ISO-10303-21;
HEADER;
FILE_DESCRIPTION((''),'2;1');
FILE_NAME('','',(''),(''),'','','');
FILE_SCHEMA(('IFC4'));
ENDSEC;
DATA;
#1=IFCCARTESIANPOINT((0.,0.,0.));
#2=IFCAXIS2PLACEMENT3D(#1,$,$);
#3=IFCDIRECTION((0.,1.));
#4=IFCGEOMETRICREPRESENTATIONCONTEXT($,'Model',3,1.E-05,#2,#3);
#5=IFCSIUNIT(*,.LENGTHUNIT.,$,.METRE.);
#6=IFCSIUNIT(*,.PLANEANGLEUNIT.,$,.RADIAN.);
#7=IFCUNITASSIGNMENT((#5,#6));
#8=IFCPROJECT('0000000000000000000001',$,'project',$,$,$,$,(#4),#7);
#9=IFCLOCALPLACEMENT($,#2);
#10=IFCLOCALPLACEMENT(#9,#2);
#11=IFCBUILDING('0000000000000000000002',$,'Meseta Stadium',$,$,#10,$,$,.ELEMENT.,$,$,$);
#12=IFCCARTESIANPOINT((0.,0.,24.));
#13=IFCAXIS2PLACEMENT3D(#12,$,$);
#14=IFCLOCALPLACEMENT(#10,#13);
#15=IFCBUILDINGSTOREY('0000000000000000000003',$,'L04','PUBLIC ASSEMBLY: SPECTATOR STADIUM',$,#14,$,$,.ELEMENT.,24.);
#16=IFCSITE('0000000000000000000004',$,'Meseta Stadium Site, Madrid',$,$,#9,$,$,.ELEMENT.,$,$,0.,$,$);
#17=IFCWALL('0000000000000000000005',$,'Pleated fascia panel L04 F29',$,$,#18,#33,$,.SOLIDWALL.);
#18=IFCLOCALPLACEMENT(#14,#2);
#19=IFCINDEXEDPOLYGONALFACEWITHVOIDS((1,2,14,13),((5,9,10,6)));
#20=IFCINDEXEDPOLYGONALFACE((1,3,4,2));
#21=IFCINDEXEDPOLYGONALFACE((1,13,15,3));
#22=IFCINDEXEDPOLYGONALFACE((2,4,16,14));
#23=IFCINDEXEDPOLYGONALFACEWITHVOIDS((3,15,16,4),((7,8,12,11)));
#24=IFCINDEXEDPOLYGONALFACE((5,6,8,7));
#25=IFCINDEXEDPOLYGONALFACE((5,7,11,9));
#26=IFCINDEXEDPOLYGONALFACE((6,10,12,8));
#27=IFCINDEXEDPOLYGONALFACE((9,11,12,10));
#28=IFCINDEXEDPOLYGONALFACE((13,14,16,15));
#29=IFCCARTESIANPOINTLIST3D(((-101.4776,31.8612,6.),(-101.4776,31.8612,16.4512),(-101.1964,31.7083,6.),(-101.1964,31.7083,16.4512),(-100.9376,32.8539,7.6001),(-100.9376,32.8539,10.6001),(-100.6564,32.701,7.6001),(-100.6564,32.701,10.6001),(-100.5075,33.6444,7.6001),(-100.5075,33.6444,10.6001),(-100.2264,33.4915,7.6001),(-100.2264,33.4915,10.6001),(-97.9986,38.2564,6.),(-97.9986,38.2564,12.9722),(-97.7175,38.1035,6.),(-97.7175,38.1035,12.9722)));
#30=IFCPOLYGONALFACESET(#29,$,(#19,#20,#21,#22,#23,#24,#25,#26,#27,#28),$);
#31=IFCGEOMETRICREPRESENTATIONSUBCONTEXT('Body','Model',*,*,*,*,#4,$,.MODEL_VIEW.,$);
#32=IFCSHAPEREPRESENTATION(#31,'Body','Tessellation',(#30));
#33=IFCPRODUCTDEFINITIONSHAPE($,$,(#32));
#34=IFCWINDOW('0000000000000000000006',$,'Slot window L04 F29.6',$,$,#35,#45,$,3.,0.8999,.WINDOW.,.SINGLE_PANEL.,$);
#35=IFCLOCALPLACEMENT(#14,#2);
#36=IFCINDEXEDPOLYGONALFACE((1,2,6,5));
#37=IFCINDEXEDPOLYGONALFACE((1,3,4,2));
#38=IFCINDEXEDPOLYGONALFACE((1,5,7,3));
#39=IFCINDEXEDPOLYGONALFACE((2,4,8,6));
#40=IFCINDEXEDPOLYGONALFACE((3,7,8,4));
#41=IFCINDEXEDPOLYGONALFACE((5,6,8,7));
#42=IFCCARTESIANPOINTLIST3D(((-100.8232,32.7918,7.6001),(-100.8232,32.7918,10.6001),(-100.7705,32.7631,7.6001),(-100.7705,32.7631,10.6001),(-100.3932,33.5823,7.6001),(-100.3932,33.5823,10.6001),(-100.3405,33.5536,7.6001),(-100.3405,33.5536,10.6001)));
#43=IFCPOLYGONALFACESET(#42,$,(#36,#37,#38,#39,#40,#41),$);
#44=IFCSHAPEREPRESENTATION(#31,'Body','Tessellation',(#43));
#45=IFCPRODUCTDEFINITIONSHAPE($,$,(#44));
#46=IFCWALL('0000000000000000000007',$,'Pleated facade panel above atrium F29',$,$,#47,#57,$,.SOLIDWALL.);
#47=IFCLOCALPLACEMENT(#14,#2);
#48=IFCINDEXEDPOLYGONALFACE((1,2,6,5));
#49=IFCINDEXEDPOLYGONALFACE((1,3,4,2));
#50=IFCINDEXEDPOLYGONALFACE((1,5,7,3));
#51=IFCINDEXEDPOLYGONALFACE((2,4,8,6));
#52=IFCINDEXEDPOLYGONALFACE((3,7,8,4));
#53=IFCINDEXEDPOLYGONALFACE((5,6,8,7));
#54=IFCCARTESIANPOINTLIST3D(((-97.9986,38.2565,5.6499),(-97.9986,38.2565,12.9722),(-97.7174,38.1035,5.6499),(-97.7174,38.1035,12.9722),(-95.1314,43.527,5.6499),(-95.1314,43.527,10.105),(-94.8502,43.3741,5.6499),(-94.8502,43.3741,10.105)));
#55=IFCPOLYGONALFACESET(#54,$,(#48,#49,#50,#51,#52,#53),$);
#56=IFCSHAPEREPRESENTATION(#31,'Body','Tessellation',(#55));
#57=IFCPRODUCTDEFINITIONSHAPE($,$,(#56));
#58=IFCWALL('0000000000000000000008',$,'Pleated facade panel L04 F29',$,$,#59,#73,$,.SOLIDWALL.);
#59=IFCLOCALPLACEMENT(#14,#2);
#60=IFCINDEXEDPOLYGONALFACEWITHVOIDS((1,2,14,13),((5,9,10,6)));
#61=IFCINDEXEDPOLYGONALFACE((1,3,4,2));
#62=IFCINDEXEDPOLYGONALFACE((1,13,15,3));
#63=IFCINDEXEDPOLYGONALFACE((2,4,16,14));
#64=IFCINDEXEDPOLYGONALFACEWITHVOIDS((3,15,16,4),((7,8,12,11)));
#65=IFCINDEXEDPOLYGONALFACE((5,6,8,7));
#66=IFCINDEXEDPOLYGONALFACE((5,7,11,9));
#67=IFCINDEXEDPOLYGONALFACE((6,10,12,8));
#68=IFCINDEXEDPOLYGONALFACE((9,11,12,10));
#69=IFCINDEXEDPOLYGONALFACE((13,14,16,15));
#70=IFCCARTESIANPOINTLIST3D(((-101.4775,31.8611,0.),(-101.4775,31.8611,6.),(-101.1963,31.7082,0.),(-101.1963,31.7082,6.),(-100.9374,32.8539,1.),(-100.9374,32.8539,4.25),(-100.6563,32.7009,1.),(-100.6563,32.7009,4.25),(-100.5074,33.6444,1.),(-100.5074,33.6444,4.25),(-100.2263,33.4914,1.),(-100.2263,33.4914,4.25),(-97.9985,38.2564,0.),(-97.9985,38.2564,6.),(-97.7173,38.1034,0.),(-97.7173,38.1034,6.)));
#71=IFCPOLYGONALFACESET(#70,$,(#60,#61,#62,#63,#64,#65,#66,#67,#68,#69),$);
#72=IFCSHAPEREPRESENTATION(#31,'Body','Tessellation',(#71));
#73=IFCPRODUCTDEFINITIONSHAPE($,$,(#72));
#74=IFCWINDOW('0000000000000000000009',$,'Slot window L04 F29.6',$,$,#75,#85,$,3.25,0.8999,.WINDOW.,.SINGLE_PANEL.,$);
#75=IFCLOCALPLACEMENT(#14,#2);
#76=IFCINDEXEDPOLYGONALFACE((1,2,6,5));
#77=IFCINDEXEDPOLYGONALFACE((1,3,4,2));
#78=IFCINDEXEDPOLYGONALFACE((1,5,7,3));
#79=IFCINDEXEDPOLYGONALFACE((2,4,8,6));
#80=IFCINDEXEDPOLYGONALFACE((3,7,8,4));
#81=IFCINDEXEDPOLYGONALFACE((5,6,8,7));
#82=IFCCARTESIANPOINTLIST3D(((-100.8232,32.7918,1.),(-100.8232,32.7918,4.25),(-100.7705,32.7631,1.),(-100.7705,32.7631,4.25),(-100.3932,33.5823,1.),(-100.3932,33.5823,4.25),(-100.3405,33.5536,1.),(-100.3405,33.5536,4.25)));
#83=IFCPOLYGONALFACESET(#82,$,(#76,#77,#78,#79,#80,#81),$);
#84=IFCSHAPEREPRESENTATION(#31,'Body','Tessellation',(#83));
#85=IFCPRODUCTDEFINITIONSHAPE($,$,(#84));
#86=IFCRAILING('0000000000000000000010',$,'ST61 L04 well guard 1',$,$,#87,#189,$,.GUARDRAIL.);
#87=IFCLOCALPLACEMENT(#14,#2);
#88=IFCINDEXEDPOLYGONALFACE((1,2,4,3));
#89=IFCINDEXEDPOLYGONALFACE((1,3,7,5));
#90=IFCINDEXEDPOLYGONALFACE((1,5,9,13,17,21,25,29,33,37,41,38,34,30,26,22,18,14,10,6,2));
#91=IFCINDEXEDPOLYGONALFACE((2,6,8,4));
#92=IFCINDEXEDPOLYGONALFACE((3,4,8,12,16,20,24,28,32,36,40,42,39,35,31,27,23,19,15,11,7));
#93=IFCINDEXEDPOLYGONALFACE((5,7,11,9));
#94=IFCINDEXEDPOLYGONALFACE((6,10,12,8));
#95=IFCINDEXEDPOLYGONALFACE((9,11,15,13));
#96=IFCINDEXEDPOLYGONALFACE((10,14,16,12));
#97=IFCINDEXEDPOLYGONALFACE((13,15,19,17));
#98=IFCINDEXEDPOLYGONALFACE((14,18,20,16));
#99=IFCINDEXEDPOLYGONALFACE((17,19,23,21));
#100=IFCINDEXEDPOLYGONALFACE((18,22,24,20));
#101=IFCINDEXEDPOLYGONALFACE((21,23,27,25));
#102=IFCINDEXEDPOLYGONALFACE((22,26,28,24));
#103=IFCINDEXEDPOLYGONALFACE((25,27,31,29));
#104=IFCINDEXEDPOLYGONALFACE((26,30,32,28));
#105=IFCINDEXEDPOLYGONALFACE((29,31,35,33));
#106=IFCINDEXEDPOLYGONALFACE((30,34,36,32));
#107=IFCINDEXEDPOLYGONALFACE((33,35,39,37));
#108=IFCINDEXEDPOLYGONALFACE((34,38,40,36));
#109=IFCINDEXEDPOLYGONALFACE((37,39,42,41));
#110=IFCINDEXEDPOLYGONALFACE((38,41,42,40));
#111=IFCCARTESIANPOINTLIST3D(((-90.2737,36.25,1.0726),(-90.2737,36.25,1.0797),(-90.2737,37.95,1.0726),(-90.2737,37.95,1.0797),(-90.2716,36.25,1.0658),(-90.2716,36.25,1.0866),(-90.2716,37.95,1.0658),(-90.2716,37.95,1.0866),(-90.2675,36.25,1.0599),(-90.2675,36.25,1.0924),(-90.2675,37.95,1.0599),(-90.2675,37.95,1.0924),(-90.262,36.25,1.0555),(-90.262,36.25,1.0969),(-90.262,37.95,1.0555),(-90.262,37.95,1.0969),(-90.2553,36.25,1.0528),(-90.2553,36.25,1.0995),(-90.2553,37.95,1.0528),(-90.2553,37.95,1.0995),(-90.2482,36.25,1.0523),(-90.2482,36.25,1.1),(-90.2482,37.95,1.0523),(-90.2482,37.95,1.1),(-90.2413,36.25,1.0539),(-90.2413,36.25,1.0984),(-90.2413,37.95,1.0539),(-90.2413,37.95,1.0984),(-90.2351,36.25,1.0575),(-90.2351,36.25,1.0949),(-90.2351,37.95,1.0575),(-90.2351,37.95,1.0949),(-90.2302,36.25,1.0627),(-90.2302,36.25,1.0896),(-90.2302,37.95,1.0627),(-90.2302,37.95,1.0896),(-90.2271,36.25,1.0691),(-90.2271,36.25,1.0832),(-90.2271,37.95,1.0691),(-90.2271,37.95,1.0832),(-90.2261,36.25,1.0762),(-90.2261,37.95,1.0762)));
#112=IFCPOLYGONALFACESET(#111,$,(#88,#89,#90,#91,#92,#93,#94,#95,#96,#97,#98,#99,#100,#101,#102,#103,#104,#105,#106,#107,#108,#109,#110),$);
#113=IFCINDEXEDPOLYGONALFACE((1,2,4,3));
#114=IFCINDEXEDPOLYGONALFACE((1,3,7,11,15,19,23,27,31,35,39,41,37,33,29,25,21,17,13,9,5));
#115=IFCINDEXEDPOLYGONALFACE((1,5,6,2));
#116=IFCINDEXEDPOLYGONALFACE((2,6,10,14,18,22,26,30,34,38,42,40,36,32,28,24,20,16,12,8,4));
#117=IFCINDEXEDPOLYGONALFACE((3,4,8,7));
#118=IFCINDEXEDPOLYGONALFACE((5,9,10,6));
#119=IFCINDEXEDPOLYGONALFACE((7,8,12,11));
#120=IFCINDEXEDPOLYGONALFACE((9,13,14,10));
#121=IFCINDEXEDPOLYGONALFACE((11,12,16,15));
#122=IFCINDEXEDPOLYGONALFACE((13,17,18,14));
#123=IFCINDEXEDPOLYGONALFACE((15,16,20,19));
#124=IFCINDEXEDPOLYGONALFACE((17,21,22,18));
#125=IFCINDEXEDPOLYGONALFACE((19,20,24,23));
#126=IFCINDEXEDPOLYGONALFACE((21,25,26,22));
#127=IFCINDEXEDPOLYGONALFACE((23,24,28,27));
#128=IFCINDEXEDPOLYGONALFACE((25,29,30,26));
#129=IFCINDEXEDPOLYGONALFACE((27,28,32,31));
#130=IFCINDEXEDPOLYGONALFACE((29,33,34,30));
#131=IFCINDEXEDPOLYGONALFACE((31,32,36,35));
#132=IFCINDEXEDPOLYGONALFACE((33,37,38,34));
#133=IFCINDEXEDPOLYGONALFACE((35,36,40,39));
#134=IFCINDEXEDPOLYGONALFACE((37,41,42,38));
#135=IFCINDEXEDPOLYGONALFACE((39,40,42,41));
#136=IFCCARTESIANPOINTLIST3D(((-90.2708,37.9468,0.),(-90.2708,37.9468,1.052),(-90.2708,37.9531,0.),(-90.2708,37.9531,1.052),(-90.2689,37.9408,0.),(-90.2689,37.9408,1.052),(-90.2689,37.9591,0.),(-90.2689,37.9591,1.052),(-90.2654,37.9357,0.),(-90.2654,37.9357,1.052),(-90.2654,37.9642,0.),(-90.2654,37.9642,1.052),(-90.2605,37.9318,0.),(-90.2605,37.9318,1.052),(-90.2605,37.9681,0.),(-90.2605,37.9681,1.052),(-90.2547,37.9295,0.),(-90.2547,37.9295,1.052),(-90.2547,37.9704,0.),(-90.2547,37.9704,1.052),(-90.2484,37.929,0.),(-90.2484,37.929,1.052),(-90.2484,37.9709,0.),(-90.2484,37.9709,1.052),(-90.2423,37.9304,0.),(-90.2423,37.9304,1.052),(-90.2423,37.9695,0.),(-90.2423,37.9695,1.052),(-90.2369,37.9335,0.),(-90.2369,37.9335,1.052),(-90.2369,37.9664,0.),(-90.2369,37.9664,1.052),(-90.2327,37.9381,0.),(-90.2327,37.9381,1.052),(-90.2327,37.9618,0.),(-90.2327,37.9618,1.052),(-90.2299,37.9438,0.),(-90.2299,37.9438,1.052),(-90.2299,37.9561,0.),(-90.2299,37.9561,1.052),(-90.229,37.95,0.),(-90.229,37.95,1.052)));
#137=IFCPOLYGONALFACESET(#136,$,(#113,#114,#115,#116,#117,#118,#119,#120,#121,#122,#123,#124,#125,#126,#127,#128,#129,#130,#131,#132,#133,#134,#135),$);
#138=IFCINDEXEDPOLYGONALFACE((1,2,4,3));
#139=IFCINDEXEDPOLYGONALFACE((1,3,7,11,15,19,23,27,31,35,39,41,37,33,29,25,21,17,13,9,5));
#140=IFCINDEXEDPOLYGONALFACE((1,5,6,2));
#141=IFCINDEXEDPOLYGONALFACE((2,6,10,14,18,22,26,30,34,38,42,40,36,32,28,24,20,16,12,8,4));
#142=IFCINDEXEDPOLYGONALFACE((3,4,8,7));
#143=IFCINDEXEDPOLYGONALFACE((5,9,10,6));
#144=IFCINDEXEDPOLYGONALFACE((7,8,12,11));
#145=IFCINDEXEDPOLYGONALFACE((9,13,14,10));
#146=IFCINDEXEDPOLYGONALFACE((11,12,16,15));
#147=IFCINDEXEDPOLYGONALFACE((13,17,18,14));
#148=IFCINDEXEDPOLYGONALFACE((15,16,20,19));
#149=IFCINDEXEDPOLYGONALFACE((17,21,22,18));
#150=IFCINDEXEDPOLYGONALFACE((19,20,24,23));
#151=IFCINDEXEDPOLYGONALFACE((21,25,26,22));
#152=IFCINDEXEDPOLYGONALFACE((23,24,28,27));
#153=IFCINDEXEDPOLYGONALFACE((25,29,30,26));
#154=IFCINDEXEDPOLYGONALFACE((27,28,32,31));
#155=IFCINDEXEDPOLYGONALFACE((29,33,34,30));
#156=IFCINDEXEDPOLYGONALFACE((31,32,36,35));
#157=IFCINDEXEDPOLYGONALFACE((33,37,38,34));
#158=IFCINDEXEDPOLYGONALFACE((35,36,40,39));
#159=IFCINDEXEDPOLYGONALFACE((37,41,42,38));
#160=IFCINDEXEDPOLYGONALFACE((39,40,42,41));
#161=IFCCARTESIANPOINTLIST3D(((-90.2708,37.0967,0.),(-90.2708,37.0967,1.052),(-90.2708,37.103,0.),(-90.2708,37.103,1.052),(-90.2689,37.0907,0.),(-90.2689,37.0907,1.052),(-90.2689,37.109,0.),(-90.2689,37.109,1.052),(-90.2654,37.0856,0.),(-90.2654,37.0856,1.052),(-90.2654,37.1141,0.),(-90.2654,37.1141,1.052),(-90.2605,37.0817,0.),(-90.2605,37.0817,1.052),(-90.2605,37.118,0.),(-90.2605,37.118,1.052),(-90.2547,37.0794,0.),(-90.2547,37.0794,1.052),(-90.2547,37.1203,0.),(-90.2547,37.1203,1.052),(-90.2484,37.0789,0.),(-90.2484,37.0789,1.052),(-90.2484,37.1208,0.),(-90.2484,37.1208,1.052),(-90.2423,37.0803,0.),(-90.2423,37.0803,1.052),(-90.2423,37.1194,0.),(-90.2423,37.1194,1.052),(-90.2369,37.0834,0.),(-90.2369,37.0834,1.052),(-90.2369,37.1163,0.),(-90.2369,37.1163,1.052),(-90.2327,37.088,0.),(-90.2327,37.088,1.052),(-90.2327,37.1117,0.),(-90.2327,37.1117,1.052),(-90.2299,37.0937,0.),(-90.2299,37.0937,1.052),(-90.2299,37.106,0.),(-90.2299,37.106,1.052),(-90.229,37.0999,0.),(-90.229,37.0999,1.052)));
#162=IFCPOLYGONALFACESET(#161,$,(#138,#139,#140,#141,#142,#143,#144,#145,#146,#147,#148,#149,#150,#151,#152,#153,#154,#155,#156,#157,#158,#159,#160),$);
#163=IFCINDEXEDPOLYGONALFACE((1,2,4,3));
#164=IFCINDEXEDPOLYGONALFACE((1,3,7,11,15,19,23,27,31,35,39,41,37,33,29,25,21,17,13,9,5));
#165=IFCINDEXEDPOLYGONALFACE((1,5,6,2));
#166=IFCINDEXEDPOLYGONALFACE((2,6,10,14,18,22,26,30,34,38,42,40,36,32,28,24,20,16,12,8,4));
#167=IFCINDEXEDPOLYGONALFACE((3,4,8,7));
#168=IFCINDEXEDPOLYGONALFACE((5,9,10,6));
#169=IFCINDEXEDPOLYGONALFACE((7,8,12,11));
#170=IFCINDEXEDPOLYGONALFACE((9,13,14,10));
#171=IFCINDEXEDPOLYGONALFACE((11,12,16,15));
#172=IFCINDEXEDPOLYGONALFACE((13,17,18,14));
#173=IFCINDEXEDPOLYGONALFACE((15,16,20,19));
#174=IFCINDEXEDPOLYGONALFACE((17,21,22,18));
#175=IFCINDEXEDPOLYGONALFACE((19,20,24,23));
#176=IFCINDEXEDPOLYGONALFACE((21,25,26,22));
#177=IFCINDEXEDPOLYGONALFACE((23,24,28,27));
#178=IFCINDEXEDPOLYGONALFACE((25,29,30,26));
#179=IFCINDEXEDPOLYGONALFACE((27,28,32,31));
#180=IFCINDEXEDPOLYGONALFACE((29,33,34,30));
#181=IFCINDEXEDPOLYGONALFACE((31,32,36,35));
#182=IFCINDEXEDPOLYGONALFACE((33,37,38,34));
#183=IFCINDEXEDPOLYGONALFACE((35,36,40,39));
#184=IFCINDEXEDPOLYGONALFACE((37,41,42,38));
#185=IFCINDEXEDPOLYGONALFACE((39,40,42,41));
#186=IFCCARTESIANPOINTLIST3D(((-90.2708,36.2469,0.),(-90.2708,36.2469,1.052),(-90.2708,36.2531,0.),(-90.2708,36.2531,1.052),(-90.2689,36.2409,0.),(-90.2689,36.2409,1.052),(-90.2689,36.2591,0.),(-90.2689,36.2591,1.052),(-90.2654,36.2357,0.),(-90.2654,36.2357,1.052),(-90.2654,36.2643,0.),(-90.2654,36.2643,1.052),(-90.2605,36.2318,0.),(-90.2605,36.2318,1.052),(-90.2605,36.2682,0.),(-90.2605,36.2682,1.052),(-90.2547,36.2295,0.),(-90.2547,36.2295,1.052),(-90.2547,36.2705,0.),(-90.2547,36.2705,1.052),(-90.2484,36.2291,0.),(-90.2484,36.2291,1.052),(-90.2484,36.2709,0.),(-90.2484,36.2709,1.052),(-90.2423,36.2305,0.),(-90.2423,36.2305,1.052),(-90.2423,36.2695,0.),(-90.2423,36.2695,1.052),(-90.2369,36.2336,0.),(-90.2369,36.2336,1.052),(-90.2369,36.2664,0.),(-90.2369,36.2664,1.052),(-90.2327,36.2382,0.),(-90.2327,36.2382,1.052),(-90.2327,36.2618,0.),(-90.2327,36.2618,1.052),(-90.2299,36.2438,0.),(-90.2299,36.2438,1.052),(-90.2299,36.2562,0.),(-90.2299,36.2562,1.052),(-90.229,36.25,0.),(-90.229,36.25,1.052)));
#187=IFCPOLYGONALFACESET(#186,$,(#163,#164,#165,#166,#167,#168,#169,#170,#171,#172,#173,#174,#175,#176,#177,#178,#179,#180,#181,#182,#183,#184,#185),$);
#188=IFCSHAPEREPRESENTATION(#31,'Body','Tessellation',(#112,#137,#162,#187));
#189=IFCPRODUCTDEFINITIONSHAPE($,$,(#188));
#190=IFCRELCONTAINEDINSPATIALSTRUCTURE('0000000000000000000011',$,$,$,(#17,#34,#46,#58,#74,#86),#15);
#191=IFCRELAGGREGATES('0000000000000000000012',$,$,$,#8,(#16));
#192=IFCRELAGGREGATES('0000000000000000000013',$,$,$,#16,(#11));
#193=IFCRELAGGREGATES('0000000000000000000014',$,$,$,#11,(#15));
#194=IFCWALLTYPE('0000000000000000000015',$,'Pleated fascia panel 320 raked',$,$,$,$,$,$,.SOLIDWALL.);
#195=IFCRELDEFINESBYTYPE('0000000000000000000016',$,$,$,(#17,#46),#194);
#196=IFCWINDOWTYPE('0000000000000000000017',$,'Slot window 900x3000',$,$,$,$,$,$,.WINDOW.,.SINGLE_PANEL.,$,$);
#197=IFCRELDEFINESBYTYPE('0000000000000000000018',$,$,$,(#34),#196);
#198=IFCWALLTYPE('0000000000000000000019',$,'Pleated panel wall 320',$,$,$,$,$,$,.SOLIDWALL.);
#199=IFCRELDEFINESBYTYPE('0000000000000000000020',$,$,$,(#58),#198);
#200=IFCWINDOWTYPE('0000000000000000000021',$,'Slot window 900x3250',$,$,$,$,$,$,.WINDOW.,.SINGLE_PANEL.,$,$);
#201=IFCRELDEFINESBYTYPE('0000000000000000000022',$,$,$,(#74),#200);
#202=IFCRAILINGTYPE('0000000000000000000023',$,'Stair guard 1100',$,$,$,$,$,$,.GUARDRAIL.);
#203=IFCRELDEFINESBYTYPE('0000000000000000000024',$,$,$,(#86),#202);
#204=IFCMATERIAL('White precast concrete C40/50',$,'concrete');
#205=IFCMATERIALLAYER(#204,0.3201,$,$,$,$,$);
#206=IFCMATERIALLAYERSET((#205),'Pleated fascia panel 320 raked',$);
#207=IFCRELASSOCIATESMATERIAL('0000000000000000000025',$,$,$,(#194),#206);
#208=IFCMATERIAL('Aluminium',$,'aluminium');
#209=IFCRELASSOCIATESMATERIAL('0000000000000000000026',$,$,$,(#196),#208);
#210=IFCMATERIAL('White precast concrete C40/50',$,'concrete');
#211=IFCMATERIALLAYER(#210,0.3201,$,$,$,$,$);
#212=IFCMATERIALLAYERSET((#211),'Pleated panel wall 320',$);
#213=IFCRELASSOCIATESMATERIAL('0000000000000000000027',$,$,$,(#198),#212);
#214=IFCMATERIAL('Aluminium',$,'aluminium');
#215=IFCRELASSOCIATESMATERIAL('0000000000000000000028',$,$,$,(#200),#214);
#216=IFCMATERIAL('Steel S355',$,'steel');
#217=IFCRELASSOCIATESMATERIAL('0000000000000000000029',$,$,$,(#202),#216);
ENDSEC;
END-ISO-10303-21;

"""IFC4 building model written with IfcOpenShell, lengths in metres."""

from ifc_helpers import new_model, si_unit, direction, frame, frame_2d, origin, origin_2d, place, context, subcontext, project, spatial, polyline, rectangle, circle, outline, extrude, material, layer, layer_set, type_object, element, fill, save


model = new_model("IFC4")

# Units and contexts
model_context = context("Model", 3, precision=1e-05, world=origin(), true_north=direction((0.0, 1.0)))
body_context = subcontext(model_context, "Body", "Model", "MODEL_VIEW")
ifc_project = project(units=[si_unit("LENGTHUNIT", "METRE"), si_unit("PLANEANGLEUNIT", "RADIAN")], contexts=[model_context])

# Site, building, storey
site_placement = place(None, origin())
site = spatial("IfcSite", under=ifc_project, at=site_placement, Name="Meseta Stadium Site, Madrid", CompositionType="ELEMENT", RefElevation=0.0)
building_placement = place(site_placement, origin())
building = spatial("IfcBuilding", under=site, at=building_placement, Name="Meseta Stadium", CompositionType="ELEMENT")
storey_placement = place(building_placement, frame((0.0, 0.0, 24.0)))
storey = spatial("IfcBuildingStorey", under=building, at=storey_placement, Name="L04", Description="PUBLIC ASSEMBLY: SPECTATOR STADIUM", CompositionType="ELEMENT", Elevation=24.0)

# Wall, opening, window
ifc_material_1 = material(Name="White precast concrete C40/50", Category="concrete")
ifc_layer_1 = layer(ifc_material_1, 0.3201)
ifc_layer_set_1 = layer_set([ifc_layer_1], Name="Pleated fascia panel 320 raked")
wall_type_1 = type_object("IfcWallType", Name="Pleated fascia panel 320 raked", PredefinedType="SOLIDWALL", material=ifc_layer_set_1)
wall_1_placement = place(storey_placement, frame((-101.3369, 31.7847, 6.0), z_axis=(0.0, 0.0, 1.0), x_axis=(0.477865, 0.878433, 0.0)))
wall_1 = element("IfcWall", 1, at=wall_1_placement, inside=storey, type_object=wall_type_1, Name="Pleated fascia panel L04 F29", PredefinedType="SOLIDWALL", context=body_context, shape_type="SweptSolid", body=[
    extrude(outline(polyline([(0.0, 0.0), (7.2803, 0.0), (7.2803, 6.9722), (0.0, 10.4512), (0.0, 0.0)])), frame((0.0, 0.1602, 0.0), z_axis=(0.0, -1.0, 0.0), x_axis=(1.0, 0.0, 0.0)), (0.0, 0.0, 1.0), 0.3201),
])
opening_1_placement = place(wall_1_placement, frame((1.1301, 0.0, 1.6001)))
opening_1 = element("IfcOpeningElement", 2, at=opening_1_placement, cuts=wall_1, PredefinedType="OPENING", context=body_context, shape_type="SweptSolid", body=[
    extrude(rectangle(XDim=0.8999, YDim=3.0, at=frame_2d((0.45, 1.5))), frame((0.0, 0.1699, 0.0), z_axis=(0.0, -1.0, 0.0), x_axis=(1.0, 0.0, 0.0)), (0.0, 0.0, 1.0), 0.3401),
])
ifc_material_2 = material(Name="Aluminium", Category="aluminium")
window_type_1 = type_object("IfcWindowType", Name="Slot window 900x3000", PartitioningType="SINGLE_PANEL", PredefinedType="WINDOW", material=ifc_material_2)
window_1_placement = place(opening_1_placement, origin())
window_1 = element("IfcWindow", 3, at=window_1_placement, inside=storey, type_object=window_type_1, Name="Slot window L04 F29.6", OverallHeight=3.0, OverallWidth=0.8999, PartitioningType="SINGLE_PANEL", PredefinedType="WINDOW", context=body_context, shape_type="SweptSolid", body=[
    extrude(rectangle(XDim=0.8999, YDim=3.0, at=frame_2d((0.45, 1.5))), frame((0.0, 0.03, 0.0), z_axis=(0.0, -1.0, 0.0), x_axis=(1.0, 0.0, 0.0)), (0.0, 0.0, 1.0), 0.0601),
])
fill(opening_1, window_1)

# Wall
wall_2_placement = place(storey_placement, frame((-97.8579, 38.1799, 5.6499), z_axis=(0.0, 0.0, 1.0), x_axis=(0.477871, 0.87843, 0.0)))
element("IfcWall", 4, at=wall_2_placement, inside=storey, type_object=wall_type_1, Name="Pleated facade panel above atrium F29", PredefinedType="SOLIDWALL", context=body_context, shape_type="SweptSolid", body=[
    extrude(outline(polyline([(0.0, 0.0), (6.0, 0.0), (6.0, 4.4551), (0.0, 7.3223), (0.0, 0.0)])), frame((0.0, 0.1602, 0.0), z_axis=(0.0, -1.0, 0.0), x_axis=(1.0, 0.0, 0.0)), (0.0, 0.0, 1.0), 0.3201),
])

# Wall, opening, window
ifc_material_3 = material(Name="White precast concrete C40/50", Category="concrete")
ifc_layer_2 = layer(ifc_material_3, 0.3201)
ifc_layer_set_2 = layer_set([ifc_layer_2], Name="Pleated panel wall 320")
wall_type_2 = type_object("IfcWallType", Name="Pleated panel wall 320", PredefinedType="SOLIDWALL", material=ifc_layer_set_2)
wall_3_placement = place(storey_placement, frame((-101.3369, 31.7847, 0.0), z_axis=(0.0, 0.0, 1.0), x_axis=(0.477865, 0.878433, 0.0)))
wall_3 = element("IfcWall", 5, at=wall_3_placement, inside=storey, type_object=wall_type_2, Name="Pleated facade panel L04 F29", PredefinedType="SOLIDWALL", context=body_context, shape_type="SweptSolid", body=[
    extrude(rectangle(XDim=7.2803, YDim=0.3201, at=frame_2d((3.6401, 0.0))), origin(), (0.0, 0.0, 1.0), 6.0),
])
opening_2_placement = place(wall_3_placement, frame((1.1301, 0.0, 1.0)))
opening_2 = element("IfcOpeningElement", 6, at=opening_2_placement, cuts=wall_3, PredefinedType="OPENING", context=body_context, shape_type="SweptSolid", body=[
    extrude(rectangle(XDim=0.8999, YDim=3.25, at=frame_2d((0.45, 1.625))), frame((0.0, 0.1699, 0.0), z_axis=(0.0, -1.0, 0.0), x_axis=(1.0, 0.0, 0.0)), (0.0, 0.0, 1.0), 0.3401),
])
ifc_material_4 = material(Name="Aluminium", Category="aluminium")
window_type_2 = type_object("IfcWindowType", Name="Slot window 900x3250", PartitioningType="SINGLE_PANEL", PredefinedType="WINDOW", material=ifc_material_4)
window_2_placement = place(opening_2_placement, origin())
window_2 = element("IfcWindow", 7, at=window_2_placement, inside=storey, type_object=window_type_2, Name="Slot window L04 F29.6", OverallHeight=3.25, OverallWidth=0.8999, PartitioningType="SINGLE_PANEL", PredefinedType="WINDOW", context=body_context, shape_type="SweptSolid", body=[
    extrude(rectangle(XDim=0.8999, YDim=3.25, at=frame_2d((0.45, 1.625))), frame((0.0, 0.03, 0.0), z_axis=(0.0, -1.0, 0.0), x_axis=(1.0, 0.0, 0.0)), (0.0, 0.0, 1.0), 0.0601),
])
fill(opening_2, window_2)

# Railing
ifc_material_5 = material(Name="Steel S355", Category="steel")
railing_type = type_object("IfcRailingType", Name="Stair guard 1100", PredefinedType="GUARDRAIL", material=ifc_material_5)
for number, where, name in (
    (8, (-90.25, 37.95, 0.0), "ST61 L04 well guard 1"),
):
    element("IfcRailing", number, at=place(storey_placement, frame(where)), inside=storey, type_object=railing_type, Name=name, PredefinedType="GUARDRAIL", context=body_context, shape_type="SweptSolid", body=[
        extrude(circle(Radius=0.0239, at=origin_2d()), frame((0.0, 0.0, 1.0762), z_axis=(0.0, -1.0, 0.0), x_axis=(1.0, 0.0, 0.0)), (0.0, 0.0, 1.0), 1.7),
        extrude(circle(Radius=0.021, at=origin_2d()), origin(), (0.0, 0.0, 1.0), 1.052),
        extrude(circle(Radius=0.021, at=origin_2d()), frame((0.0, -0.8501, 0.0)), (0.0, 0.0, 1.0), 1.052),
        extrude(circle(Radius=0.021, at=origin_2d()), frame((0.0, -1.7, 0.0)), (0.0, 0.0, 1.0), 1.052),
    ])

save(model, "model.ifc")
